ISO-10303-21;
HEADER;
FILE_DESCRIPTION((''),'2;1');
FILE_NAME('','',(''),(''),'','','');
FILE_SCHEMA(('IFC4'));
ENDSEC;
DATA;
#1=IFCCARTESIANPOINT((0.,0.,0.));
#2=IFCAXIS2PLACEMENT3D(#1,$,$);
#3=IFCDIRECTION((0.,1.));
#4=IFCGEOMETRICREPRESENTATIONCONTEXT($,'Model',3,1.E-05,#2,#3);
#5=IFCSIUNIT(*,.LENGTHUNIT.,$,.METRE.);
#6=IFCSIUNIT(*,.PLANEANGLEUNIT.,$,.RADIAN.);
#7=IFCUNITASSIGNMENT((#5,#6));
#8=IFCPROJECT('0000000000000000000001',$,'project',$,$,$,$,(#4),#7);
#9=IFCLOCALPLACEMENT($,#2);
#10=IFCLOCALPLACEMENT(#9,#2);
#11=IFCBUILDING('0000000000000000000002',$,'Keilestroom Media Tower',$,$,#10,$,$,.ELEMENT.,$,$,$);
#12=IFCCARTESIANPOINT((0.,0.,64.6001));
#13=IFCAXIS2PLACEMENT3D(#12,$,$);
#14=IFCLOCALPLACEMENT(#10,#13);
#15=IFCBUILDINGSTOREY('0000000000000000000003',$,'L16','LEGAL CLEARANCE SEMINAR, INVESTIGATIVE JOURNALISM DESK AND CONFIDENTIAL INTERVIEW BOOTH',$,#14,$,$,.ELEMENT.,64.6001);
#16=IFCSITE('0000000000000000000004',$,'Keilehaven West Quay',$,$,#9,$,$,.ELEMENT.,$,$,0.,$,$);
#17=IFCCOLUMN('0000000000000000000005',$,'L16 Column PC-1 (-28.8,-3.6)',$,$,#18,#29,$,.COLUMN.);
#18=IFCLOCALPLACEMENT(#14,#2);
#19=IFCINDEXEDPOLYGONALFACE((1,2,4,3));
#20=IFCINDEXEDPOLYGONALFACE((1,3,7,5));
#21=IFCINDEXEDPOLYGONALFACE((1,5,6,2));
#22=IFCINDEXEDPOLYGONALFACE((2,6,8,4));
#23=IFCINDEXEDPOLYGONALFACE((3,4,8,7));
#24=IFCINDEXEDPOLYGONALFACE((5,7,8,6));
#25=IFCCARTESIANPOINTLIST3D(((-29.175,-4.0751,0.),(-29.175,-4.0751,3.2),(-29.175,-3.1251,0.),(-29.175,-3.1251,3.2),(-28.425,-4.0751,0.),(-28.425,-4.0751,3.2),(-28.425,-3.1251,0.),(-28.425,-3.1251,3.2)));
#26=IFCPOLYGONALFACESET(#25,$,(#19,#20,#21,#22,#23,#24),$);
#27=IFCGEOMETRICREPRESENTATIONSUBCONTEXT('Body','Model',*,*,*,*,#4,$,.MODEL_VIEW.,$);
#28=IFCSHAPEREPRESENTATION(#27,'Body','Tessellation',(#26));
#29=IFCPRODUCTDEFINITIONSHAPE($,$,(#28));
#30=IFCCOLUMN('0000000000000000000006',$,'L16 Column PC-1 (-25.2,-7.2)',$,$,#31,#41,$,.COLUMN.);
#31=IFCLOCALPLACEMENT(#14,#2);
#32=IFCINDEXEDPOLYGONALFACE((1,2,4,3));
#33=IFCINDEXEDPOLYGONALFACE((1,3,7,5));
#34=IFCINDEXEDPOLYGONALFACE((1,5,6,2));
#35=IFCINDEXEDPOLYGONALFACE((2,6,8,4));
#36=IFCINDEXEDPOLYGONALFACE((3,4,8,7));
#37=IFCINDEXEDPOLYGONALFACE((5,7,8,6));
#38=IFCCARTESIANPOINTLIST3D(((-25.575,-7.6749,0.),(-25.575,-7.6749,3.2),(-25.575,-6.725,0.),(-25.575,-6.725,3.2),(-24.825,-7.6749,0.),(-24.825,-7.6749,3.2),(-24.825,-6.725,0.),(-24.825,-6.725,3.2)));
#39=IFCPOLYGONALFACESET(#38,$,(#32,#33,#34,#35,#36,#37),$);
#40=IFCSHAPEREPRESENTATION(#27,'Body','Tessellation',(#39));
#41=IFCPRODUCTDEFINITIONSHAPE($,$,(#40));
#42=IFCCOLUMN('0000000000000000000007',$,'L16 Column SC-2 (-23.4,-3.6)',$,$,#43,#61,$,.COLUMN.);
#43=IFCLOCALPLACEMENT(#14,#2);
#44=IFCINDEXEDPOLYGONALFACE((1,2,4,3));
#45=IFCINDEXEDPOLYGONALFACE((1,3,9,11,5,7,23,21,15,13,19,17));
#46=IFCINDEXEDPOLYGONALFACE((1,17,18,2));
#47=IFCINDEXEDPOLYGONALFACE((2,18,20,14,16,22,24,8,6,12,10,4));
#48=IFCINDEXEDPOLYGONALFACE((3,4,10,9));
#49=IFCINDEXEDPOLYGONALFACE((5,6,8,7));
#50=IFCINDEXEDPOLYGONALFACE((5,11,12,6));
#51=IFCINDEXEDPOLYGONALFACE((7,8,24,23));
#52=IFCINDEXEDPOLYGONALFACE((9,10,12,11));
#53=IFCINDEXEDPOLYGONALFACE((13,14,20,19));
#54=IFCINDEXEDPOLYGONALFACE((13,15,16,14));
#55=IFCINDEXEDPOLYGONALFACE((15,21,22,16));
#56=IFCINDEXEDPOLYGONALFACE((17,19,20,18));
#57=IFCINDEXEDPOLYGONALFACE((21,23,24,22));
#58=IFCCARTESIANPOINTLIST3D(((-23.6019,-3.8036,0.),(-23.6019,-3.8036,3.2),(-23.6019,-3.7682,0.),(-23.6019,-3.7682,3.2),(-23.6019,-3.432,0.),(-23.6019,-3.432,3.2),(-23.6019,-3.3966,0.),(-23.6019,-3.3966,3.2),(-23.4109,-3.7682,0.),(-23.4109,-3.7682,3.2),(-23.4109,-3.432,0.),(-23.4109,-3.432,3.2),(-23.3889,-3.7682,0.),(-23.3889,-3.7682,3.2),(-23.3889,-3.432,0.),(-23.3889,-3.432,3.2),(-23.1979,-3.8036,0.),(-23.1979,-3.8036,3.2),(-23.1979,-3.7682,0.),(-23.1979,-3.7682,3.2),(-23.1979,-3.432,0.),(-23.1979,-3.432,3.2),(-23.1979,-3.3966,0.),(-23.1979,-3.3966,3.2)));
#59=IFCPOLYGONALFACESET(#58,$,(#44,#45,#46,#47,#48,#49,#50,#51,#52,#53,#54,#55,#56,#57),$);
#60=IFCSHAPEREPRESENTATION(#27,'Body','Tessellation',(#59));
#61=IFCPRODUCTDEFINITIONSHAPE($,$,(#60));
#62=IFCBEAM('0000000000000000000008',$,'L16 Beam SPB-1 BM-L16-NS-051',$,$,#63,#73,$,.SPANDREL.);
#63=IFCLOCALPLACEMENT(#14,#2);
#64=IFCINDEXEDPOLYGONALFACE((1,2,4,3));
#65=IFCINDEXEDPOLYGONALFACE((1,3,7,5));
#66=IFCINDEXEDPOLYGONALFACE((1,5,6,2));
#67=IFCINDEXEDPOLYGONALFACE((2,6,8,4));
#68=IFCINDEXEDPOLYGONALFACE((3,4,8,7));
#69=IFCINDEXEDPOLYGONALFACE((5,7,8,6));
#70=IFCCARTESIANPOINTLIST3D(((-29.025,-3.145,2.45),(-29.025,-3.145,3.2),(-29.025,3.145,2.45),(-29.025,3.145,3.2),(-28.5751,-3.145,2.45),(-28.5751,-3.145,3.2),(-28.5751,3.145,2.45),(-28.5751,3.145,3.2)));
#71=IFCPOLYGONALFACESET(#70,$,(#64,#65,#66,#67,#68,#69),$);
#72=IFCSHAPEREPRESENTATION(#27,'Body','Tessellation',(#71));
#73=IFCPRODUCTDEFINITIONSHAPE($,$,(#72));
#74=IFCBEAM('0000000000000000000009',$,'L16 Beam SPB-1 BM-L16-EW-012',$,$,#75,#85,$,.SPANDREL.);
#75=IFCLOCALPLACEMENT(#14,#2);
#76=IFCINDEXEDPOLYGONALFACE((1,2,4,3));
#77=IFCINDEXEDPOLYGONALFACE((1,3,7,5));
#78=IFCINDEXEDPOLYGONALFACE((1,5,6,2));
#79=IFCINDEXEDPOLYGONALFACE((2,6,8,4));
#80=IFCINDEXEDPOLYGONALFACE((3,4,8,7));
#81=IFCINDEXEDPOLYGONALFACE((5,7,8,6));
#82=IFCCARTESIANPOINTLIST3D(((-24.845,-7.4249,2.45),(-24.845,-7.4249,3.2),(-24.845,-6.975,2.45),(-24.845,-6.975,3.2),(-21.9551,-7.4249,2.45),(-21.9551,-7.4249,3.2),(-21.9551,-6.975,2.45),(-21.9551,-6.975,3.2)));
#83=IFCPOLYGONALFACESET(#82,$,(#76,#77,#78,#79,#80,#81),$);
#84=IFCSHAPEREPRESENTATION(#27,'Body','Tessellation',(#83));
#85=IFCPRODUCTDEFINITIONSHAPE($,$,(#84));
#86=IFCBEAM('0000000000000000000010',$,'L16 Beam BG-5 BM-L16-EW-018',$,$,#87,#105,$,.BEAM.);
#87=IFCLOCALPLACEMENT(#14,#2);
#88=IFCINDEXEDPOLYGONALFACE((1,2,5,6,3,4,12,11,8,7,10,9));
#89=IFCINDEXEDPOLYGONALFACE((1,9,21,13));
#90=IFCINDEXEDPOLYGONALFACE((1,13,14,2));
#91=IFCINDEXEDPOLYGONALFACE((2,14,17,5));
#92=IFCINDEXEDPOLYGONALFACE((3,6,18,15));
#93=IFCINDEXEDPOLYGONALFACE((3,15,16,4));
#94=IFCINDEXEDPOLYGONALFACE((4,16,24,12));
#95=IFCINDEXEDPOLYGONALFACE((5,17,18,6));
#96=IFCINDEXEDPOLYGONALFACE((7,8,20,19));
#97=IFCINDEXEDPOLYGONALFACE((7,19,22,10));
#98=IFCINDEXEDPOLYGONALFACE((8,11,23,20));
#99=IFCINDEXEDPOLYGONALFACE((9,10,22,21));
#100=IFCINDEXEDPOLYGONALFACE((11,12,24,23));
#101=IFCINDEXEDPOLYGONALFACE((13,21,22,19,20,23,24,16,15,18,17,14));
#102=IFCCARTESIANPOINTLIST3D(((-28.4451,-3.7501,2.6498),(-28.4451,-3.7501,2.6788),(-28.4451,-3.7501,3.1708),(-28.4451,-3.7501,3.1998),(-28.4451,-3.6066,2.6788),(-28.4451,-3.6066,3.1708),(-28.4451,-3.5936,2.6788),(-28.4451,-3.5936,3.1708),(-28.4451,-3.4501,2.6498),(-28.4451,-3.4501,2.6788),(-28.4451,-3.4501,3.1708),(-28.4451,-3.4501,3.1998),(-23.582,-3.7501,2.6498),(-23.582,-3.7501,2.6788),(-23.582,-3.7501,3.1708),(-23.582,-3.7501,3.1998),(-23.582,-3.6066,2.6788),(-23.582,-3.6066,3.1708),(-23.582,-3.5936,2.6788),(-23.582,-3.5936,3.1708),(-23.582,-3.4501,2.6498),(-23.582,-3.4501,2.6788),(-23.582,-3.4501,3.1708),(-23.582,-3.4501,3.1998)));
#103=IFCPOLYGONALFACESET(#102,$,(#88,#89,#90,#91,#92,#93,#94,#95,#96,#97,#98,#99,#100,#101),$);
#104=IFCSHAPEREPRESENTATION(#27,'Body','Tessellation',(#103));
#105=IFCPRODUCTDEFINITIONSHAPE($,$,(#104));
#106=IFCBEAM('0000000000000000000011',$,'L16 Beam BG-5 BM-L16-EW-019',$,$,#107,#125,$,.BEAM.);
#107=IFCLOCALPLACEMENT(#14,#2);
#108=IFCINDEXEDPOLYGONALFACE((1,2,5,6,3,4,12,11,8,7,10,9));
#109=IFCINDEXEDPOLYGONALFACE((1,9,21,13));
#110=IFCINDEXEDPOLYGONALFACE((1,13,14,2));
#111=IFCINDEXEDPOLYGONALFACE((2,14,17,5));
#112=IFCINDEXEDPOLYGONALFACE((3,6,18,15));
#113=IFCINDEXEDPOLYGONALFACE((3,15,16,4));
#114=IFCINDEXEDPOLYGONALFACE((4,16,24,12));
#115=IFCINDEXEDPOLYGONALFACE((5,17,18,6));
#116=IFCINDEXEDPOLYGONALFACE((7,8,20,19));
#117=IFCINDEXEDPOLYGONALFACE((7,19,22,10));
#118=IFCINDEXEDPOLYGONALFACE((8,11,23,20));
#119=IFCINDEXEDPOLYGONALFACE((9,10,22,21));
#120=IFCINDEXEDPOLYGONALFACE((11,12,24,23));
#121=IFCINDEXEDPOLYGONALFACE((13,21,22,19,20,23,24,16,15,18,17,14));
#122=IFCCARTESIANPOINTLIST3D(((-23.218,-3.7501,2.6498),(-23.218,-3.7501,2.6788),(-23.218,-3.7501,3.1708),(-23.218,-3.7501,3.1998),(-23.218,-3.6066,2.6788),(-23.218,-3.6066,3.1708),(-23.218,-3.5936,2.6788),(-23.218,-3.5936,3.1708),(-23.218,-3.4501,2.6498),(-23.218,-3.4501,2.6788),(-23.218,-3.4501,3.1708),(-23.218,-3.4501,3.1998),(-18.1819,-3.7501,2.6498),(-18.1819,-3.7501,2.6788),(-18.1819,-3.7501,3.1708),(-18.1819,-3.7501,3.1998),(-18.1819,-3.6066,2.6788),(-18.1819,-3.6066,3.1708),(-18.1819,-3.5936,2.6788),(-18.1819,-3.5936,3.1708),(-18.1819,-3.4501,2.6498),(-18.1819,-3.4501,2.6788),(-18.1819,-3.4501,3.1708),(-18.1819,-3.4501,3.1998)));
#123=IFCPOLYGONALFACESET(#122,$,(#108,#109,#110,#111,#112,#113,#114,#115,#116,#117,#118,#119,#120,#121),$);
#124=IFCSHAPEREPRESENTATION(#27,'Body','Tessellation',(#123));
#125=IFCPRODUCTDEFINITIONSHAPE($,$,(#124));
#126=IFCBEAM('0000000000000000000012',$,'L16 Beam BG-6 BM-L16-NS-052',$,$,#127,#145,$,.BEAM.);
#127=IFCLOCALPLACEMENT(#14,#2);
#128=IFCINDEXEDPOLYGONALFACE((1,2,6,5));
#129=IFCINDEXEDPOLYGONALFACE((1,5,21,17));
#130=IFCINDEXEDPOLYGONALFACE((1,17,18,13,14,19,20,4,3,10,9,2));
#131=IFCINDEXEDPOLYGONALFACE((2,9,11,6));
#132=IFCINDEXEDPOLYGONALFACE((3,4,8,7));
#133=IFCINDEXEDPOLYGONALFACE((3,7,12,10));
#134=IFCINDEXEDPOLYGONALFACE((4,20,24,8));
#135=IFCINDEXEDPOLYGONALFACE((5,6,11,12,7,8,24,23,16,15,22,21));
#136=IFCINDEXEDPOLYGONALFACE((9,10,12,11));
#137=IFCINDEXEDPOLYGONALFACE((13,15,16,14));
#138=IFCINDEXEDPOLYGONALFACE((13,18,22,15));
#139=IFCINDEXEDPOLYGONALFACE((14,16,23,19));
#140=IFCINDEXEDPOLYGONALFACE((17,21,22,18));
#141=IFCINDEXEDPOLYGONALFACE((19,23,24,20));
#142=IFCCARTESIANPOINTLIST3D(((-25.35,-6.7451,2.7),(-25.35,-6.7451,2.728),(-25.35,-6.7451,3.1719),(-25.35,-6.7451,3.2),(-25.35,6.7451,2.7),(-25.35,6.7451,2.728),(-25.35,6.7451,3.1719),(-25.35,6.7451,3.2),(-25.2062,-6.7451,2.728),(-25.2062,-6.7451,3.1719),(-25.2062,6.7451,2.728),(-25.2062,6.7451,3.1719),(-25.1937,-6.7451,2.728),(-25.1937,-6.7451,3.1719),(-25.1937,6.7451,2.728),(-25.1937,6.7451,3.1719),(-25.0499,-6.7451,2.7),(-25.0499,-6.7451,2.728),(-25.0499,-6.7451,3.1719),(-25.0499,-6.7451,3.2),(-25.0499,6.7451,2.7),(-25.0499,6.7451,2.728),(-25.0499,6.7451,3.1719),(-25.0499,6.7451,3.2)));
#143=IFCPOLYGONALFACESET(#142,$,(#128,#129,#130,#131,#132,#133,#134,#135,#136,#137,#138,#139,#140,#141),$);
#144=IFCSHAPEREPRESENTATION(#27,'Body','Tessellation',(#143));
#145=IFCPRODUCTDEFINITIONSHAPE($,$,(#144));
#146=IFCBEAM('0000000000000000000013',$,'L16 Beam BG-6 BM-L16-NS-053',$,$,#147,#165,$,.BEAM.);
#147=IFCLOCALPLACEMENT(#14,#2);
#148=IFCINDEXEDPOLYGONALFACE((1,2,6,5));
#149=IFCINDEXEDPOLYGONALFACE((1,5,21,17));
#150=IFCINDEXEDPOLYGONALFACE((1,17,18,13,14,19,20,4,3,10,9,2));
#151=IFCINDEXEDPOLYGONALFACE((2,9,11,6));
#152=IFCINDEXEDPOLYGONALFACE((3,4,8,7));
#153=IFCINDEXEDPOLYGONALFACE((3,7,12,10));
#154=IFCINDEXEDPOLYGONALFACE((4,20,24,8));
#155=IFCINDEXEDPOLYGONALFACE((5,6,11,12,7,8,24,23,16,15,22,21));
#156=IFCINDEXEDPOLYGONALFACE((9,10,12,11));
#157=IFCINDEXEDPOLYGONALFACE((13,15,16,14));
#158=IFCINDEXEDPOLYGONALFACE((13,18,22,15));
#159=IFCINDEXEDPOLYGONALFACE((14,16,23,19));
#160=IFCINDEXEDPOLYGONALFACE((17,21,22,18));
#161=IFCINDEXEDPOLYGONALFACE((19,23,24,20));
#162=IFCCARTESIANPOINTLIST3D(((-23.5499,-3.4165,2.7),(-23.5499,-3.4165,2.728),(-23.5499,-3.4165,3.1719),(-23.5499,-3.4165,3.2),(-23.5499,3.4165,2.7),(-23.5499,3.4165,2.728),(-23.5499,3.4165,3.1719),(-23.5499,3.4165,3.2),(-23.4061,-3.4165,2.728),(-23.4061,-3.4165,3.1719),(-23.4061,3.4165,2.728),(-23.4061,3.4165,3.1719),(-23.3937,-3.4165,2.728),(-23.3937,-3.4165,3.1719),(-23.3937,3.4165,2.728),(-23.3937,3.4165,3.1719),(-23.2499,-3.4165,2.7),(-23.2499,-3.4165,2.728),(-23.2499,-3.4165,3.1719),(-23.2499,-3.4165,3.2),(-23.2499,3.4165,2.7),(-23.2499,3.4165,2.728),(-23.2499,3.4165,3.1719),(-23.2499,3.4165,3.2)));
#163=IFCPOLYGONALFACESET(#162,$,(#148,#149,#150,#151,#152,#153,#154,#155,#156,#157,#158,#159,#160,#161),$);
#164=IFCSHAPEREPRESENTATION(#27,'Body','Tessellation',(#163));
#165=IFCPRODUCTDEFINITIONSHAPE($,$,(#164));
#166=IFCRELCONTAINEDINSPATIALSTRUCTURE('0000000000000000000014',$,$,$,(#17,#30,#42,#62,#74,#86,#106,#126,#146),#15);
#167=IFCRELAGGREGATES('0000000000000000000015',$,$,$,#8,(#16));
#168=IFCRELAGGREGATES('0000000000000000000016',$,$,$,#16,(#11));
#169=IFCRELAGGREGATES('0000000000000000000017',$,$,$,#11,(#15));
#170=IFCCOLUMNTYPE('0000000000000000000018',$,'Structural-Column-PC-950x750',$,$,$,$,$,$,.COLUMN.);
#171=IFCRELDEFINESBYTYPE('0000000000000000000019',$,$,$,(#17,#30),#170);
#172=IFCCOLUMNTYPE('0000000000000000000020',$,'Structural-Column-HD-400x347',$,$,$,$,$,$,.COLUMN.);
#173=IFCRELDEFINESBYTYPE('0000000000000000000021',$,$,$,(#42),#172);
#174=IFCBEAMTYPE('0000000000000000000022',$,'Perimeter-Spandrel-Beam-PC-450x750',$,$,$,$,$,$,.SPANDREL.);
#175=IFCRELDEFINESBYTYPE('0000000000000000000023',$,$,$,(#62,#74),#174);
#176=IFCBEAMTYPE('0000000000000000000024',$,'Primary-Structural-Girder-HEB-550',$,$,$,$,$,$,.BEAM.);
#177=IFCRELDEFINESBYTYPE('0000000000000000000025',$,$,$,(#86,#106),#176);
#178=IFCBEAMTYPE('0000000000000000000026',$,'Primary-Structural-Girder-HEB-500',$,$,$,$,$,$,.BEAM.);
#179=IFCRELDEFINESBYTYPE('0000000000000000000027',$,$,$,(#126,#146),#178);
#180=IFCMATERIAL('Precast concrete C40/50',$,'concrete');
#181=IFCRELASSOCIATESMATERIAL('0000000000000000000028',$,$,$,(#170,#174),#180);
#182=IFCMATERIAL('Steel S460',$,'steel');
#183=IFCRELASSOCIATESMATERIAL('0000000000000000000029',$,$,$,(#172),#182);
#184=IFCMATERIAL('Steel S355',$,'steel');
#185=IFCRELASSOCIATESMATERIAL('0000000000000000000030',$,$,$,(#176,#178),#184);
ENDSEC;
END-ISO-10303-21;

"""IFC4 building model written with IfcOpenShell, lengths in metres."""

from ifc_helpers import new_model, si_unit, direction, frame, origin, origin_2d, place, context, subcontext, project, spatial, rectangle, i_section, extrude, source, transform, mapped, material, material_profile, profile_set, type_object, element, save


model = new_model("IFC4")

# Units and contexts
model_context = context("Model", 3, precision=1e-05, world=origin(), true_north=direction((0.0, 1.0)))
body_context = subcontext(model_context, "Body", "Model", "MODEL_VIEW")
ifc_project = project(units=[si_unit("LENGTHUNIT", "METRE"), si_unit("PLANEANGLEUNIT", "RADIAN")], contexts=[model_context])

# Site, building, storey
site_placement = place(None, origin())
site = spatial("IfcSite", under=ifc_project, at=site_placement, Name="Keilehaven West Quay", CompositionType="ELEMENT", RefElevation=0.0)
building_placement = place(site_placement, origin())
building = spatial("IfcBuilding", under=site, at=building_placement, Name="Keilestroom Media Tower", CompositionType="ELEMENT")
storey_placement = place(building_placement, frame((0.0, 0.0, 64.6001)))
storey = spatial("IfcBuildingStorey", under=building, at=storey_placement, Name="L16", Description="LEGAL CLEARANCE SEMINAR, INVESTIGATIVE JOURNALISM DESK AND CONFIDENTIAL INTERVIEW BOOTH", CompositionType="ELEMENT", Elevation=64.6001)

# Columns
ifc_material_1 = material(Name="Precast concrete C40/50", Category="concrete")
ifc_material_profile_1 = material_profile(ifc_material_1, rectangle(XDim=0.75, YDim=0.95, at=origin_2d()), Name="PC 950x750")
ifc_profile_set_1 = profile_set([ifc_material_profile_1], Name="Precast concrete C40/50")
column_type_1 = type_object("IfcColumnType", Name="Structural-Column-PC-950x750", PredefinedType="COLUMN", material=ifc_profile_set_1)
shared_shape_1 = source(origin(), body_context, "Body", "SweptSolid", [
    extrude(rectangle(XDim=0.75, YDim=0.95, at=origin_2d()), origin(), (0.0, 0.0, 1.0), 3.2),
])
for number, where, z_axis, x_axis, name in (
    (1, (-28.8, -3.6001, 0.0), (0.0, 0.0, 1.0), (1.0, 0.0, 0.0), "L16 Column PC-1 (-28.8,-3.6)"),
    (2, (-25.2, -7.2, 0.0), (0.0, 0.0, 1.0), (1.0, 0.0, 0.0), "L16 Column PC-1 (-25.2,-7.2)"),
):
    element("IfcColumn", number, at=place(storey_placement, frame(where, z_axis=z_axis, x_axis=x_axis)), inside=storey, type_object=column_type_1, Name=name, PredefinedType="COLUMN", context=body_context, shape_type="MappedRepresentation", body=[
        mapped(shared_shape_1, transform((0.0, 0.0, 0.0), x_axis=(1.0, 0.0, 0.0), y_axis=(0.0, 1.0, 0.0), z_axis=(0.0, 0.0, 1.0), scale=1.0)),
    ])
ifc_material_2 = material(Name="Steel S460", Category="steel")
ifc_material_profile_2 = material_profile(ifc_material_2, i_section(OverallWidth=0.4041, OverallDepth=0.407, WebThickness=0.022, FlangeThickness=0.0354, at=origin_2d()), Name="HD 400x347")
ifc_profile_set_2 = profile_set([ifc_material_profile_2], Name="Steel S460")
column_type_2 = type_object("IfcColumnType", Name="Structural-Column-HD-400x347", PredefinedType="COLUMN", material=ifc_profile_set_2)
shared_shape_2 = source(origin(), body_context, "Body", "SweptSolid", [
    extrude(i_section(OverallWidth=0.4041, OverallDepth=0.407, WebThickness=0.022, FlangeThickness=0.0354, at=origin_2d()), origin(), (0.0, 0.0, 1.0), 3.2),
])
column_placement = place(storey_placement, frame((-23.3999, -3.6001, 0.0), z_axis=(0.0, 0.0, 1.0), x_axis=(1.0, 0.0, 0.0)))
element("IfcColumn", 3, at=column_placement, inside=storey, type_object=column_type_2, Name="L16 Column SC-2 (-23.4,-3.6)", PredefinedType="COLUMN", context=body_context, shape_type="MappedRepresentation", body=[
    mapped(shared_shape_2, transform((0.0, 0.0, 0.0), x_axis=(1.0, 0.0, 0.0), y_axis=(0.0, 1.0, 0.0), z_axis=(0.0, 0.0, 1.0), scale=1.0)),
])

# Beams
ifc_material_profile_3 = material_profile(ifc_material_1, rectangle(XDim=0.45, YDim=0.75, at=origin_2d()), Name="PC 450x750")
ifc_profile_set_3 = profile_set([ifc_material_profile_3], Name="Precast concrete C40/50")
beam_type_1 = type_object("IfcBeamType", Name="Perimeter-Spandrel-Beam-PC-450x750", PredefinedType="SPANDREL", material=ifc_profile_set_3)
shared_shape_3 = source(origin(), body_context, "Body", "SweptSolid", [
    extrude(rectangle(XDim=0.45, YDim=0.75, at=origin_2d()), origin(), (0.0, 0.0, 1.0), 6.29),
])
beam_1_placement = place(storey_placement, frame((-28.8, -3.145, 2.825), z_axis=(0.0, 1.0, 0.0), x_axis=(-1.0, 0.0, 0.0)))
element("IfcBeam", 4, at=beam_1_placement, inside=storey, type_object=beam_type_1, Name="L16 Beam SPB-1 BM-L16-NS-051", PredefinedType="SPANDREL", context=body_context, shape_type="MappedRepresentation", body=[
    mapped(shared_shape_3, transform((0.0, 0.0, 0.0), x_axis=(1.0, 0.0, 0.0), y_axis=(0.0, 1.0, 0.0), z_axis=(0.0, 0.0, 1.0), scale=1.0)),
])
shared_shape_4 = source(origin(), body_context, "Body", "SweptSolid", [
    extrude(rectangle(XDim=0.45, YDim=0.75, at=origin_2d()), origin(), (0.0, 0.0, 1.0), 2.8899),
])
beam_2_placement = place(storey_placement, frame((-24.845, -7.2, 2.825), z_axis=(1.0, 0.0, 0.0), x_axis=(0.0, 1.0, 0.0)))
element("IfcBeam", 5, at=beam_2_placement, inside=storey, type_object=beam_type_1, Name="L16 Beam SPB-1 BM-L16-EW-012", PredefinedType="SPANDREL", context=body_context, shape_type="MappedRepresentation", body=[
    mapped(shared_shape_4, transform((0.0, 0.0, 0.0), x_axis=(1.0, 0.0, 0.0), y_axis=(0.0, 1.0, 0.0), z_axis=(0.0, 0.0, 1.0), scale=1.0)),
])
ifc_material_3 = material(Name="Steel S355", Category="steel")
ifc_material_profile_4 = material_profile(ifc_material_3, i_section(OverallWidth=0.3, OverallDepth=0.55, WebThickness=0.0129, FlangeThickness=0.0291, at=origin_2d()), Name="HEB 550")
ifc_profile_set_4 = profile_set([ifc_material_profile_4], Name="Steel S355")
beam_type_2 = type_object("IfcBeamType", Name="Primary-Structural-Girder-HEB-550", PredefinedType="BEAM", material=ifc_profile_set_4)
shared_shape_5 = source(origin(), body_context, "Body", "SweptSolid", [
    extrude(i_section(OverallWidth=0.3, OverallDepth=0.55, WebThickness=0.0129, FlangeThickness=0.0291, at=origin_2d()), origin(), (0.0, 0.0, 1.0), 4.863),
])
beam_3_placement = place(storey_placement, frame((-28.4451, -3.6001, 2.9248), z_axis=(1.0, 0.0, 0.0), x_axis=(0.0, 1.0, 0.0)))
element("IfcBeam", 6, at=beam_3_placement, inside=storey, type_object=beam_type_2, Name="L16 Beam BG-5 BM-L16-EW-018", PredefinedType="BEAM", context=body_context, shape_type="MappedRepresentation", body=[
    mapped(shared_shape_5, transform((0.0, 0.0, 0.0), x_axis=(1.0, 0.0, 0.0), y_axis=(0.0, 1.0, 0.0), z_axis=(0.0, 0.0, 1.0), scale=1.0)),
])
shared_shape_6 = source(origin(), body_context, "Body", "SweptSolid", [
    extrude(i_section(OverallWidth=0.3, OverallDepth=0.55, WebThickness=0.0129, FlangeThickness=0.0291, at=origin_2d()), origin(), (0.0, 0.0, 1.0), 5.0361),
])
beam_4_placement = place(storey_placement, frame((-23.218, -3.6001, 2.9248), z_axis=(1.0, 0.0, 0.0), x_axis=(0.0, 1.0, 0.0)))
element("IfcBeam", 7, at=beam_4_placement, inside=storey, type_object=beam_type_2, Name="L16 Beam BG-5 BM-L16-EW-019", PredefinedType="BEAM", context=body_context, shape_type="MappedRepresentation", body=[
    mapped(shared_shape_6, transform((0.0, 0.0, 0.0), x_axis=(1.0, 0.0, 0.0), y_axis=(0.0, 1.0, 0.0), z_axis=(0.0, 0.0, 1.0), scale=1.0)),
])
ifc_material_profile_5 = material_profile(ifc_material_3, i_section(OverallWidth=0.3, OverallDepth=0.5, WebThickness=0.0125, FlangeThickness=0.0281, at=origin_2d()), Name="HEB 500")
ifc_profile_set_5 = profile_set([ifc_material_profile_5], Name="Steel S355")
beam_type_3 = type_object("IfcBeamType", Name="Primary-Structural-Girder-HEB-500", PredefinedType="BEAM", material=ifc_profile_set_5)
shared_shape_7 = source(origin(), body_context, "Body", "SweptSolid", [
    extrude(i_section(OverallWidth=0.3, OverallDepth=0.5, WebThickness=0.0125, FlangeThickness=0.0281, at=origin_2d()), origin(), (0.0, 0.0, 1.0), 13.4902),
])
beam_5_placement = place(storey_placement, frame((-25.2, -6.7451, 2.95), z_axis=(0.0, 1.0, 0.0), x_axis=(-1.0, 0.0, 0.0)))
element("IfcBeam", 8, at=beam_5_placement, inside=storey, type_object=beam_type_3, Name="L16 Beam BG-6 BM-L16-NS-052", PredefinedType="BEAM", context=body_context, shape_type="MappedRepresentation", body=[
    mapped(shared_shape_7, transform((0.0, 0.0, 0.0), x_axis=(1.0, 0.0, 0.0), y_axis=(0.0, 1.0, 0.0), z_axis=(0.0, 0.0, 1.0), scale=1.0)),
])
shared_shape_8 = source(origin(), body_context, "Body", "SweptSolid", [
    extrude(i_section(OverallWidth=0.3, OverallDepth=0.5, WebThickness=0.0125, FlangeThickness=0.0281, at=origin_2d()), origin(), (0.0, 0.0, 1.0), 6.833),
])
beam_6_placement = place(storey_placement, frame((-23.3999, -3.4165, 2.95), z_axis=(0.0, 1.0, 0.0), x_axis=(-1.0, 0.0, 0.0)))
element("IfcBeam", 9, at=beam_6_placement, inside=storey, type_object=beam_type_3, Name="L16 Beam BG-6 BM-L16-NS-053", PredefinedType="BEAM", context=body_context, shape_type="MappedRepresentation", body=[
    mapped(shared_shape_8, transform((0.0, 0.0, 0.0), x_axis=(1.0, 0.0, 0.0), y_axis=(0.0, 1.0, 0.0), z_axis=(0.0, 0.0, 1.0), scale=1.0)),
])

save(model, "model.ifc")
